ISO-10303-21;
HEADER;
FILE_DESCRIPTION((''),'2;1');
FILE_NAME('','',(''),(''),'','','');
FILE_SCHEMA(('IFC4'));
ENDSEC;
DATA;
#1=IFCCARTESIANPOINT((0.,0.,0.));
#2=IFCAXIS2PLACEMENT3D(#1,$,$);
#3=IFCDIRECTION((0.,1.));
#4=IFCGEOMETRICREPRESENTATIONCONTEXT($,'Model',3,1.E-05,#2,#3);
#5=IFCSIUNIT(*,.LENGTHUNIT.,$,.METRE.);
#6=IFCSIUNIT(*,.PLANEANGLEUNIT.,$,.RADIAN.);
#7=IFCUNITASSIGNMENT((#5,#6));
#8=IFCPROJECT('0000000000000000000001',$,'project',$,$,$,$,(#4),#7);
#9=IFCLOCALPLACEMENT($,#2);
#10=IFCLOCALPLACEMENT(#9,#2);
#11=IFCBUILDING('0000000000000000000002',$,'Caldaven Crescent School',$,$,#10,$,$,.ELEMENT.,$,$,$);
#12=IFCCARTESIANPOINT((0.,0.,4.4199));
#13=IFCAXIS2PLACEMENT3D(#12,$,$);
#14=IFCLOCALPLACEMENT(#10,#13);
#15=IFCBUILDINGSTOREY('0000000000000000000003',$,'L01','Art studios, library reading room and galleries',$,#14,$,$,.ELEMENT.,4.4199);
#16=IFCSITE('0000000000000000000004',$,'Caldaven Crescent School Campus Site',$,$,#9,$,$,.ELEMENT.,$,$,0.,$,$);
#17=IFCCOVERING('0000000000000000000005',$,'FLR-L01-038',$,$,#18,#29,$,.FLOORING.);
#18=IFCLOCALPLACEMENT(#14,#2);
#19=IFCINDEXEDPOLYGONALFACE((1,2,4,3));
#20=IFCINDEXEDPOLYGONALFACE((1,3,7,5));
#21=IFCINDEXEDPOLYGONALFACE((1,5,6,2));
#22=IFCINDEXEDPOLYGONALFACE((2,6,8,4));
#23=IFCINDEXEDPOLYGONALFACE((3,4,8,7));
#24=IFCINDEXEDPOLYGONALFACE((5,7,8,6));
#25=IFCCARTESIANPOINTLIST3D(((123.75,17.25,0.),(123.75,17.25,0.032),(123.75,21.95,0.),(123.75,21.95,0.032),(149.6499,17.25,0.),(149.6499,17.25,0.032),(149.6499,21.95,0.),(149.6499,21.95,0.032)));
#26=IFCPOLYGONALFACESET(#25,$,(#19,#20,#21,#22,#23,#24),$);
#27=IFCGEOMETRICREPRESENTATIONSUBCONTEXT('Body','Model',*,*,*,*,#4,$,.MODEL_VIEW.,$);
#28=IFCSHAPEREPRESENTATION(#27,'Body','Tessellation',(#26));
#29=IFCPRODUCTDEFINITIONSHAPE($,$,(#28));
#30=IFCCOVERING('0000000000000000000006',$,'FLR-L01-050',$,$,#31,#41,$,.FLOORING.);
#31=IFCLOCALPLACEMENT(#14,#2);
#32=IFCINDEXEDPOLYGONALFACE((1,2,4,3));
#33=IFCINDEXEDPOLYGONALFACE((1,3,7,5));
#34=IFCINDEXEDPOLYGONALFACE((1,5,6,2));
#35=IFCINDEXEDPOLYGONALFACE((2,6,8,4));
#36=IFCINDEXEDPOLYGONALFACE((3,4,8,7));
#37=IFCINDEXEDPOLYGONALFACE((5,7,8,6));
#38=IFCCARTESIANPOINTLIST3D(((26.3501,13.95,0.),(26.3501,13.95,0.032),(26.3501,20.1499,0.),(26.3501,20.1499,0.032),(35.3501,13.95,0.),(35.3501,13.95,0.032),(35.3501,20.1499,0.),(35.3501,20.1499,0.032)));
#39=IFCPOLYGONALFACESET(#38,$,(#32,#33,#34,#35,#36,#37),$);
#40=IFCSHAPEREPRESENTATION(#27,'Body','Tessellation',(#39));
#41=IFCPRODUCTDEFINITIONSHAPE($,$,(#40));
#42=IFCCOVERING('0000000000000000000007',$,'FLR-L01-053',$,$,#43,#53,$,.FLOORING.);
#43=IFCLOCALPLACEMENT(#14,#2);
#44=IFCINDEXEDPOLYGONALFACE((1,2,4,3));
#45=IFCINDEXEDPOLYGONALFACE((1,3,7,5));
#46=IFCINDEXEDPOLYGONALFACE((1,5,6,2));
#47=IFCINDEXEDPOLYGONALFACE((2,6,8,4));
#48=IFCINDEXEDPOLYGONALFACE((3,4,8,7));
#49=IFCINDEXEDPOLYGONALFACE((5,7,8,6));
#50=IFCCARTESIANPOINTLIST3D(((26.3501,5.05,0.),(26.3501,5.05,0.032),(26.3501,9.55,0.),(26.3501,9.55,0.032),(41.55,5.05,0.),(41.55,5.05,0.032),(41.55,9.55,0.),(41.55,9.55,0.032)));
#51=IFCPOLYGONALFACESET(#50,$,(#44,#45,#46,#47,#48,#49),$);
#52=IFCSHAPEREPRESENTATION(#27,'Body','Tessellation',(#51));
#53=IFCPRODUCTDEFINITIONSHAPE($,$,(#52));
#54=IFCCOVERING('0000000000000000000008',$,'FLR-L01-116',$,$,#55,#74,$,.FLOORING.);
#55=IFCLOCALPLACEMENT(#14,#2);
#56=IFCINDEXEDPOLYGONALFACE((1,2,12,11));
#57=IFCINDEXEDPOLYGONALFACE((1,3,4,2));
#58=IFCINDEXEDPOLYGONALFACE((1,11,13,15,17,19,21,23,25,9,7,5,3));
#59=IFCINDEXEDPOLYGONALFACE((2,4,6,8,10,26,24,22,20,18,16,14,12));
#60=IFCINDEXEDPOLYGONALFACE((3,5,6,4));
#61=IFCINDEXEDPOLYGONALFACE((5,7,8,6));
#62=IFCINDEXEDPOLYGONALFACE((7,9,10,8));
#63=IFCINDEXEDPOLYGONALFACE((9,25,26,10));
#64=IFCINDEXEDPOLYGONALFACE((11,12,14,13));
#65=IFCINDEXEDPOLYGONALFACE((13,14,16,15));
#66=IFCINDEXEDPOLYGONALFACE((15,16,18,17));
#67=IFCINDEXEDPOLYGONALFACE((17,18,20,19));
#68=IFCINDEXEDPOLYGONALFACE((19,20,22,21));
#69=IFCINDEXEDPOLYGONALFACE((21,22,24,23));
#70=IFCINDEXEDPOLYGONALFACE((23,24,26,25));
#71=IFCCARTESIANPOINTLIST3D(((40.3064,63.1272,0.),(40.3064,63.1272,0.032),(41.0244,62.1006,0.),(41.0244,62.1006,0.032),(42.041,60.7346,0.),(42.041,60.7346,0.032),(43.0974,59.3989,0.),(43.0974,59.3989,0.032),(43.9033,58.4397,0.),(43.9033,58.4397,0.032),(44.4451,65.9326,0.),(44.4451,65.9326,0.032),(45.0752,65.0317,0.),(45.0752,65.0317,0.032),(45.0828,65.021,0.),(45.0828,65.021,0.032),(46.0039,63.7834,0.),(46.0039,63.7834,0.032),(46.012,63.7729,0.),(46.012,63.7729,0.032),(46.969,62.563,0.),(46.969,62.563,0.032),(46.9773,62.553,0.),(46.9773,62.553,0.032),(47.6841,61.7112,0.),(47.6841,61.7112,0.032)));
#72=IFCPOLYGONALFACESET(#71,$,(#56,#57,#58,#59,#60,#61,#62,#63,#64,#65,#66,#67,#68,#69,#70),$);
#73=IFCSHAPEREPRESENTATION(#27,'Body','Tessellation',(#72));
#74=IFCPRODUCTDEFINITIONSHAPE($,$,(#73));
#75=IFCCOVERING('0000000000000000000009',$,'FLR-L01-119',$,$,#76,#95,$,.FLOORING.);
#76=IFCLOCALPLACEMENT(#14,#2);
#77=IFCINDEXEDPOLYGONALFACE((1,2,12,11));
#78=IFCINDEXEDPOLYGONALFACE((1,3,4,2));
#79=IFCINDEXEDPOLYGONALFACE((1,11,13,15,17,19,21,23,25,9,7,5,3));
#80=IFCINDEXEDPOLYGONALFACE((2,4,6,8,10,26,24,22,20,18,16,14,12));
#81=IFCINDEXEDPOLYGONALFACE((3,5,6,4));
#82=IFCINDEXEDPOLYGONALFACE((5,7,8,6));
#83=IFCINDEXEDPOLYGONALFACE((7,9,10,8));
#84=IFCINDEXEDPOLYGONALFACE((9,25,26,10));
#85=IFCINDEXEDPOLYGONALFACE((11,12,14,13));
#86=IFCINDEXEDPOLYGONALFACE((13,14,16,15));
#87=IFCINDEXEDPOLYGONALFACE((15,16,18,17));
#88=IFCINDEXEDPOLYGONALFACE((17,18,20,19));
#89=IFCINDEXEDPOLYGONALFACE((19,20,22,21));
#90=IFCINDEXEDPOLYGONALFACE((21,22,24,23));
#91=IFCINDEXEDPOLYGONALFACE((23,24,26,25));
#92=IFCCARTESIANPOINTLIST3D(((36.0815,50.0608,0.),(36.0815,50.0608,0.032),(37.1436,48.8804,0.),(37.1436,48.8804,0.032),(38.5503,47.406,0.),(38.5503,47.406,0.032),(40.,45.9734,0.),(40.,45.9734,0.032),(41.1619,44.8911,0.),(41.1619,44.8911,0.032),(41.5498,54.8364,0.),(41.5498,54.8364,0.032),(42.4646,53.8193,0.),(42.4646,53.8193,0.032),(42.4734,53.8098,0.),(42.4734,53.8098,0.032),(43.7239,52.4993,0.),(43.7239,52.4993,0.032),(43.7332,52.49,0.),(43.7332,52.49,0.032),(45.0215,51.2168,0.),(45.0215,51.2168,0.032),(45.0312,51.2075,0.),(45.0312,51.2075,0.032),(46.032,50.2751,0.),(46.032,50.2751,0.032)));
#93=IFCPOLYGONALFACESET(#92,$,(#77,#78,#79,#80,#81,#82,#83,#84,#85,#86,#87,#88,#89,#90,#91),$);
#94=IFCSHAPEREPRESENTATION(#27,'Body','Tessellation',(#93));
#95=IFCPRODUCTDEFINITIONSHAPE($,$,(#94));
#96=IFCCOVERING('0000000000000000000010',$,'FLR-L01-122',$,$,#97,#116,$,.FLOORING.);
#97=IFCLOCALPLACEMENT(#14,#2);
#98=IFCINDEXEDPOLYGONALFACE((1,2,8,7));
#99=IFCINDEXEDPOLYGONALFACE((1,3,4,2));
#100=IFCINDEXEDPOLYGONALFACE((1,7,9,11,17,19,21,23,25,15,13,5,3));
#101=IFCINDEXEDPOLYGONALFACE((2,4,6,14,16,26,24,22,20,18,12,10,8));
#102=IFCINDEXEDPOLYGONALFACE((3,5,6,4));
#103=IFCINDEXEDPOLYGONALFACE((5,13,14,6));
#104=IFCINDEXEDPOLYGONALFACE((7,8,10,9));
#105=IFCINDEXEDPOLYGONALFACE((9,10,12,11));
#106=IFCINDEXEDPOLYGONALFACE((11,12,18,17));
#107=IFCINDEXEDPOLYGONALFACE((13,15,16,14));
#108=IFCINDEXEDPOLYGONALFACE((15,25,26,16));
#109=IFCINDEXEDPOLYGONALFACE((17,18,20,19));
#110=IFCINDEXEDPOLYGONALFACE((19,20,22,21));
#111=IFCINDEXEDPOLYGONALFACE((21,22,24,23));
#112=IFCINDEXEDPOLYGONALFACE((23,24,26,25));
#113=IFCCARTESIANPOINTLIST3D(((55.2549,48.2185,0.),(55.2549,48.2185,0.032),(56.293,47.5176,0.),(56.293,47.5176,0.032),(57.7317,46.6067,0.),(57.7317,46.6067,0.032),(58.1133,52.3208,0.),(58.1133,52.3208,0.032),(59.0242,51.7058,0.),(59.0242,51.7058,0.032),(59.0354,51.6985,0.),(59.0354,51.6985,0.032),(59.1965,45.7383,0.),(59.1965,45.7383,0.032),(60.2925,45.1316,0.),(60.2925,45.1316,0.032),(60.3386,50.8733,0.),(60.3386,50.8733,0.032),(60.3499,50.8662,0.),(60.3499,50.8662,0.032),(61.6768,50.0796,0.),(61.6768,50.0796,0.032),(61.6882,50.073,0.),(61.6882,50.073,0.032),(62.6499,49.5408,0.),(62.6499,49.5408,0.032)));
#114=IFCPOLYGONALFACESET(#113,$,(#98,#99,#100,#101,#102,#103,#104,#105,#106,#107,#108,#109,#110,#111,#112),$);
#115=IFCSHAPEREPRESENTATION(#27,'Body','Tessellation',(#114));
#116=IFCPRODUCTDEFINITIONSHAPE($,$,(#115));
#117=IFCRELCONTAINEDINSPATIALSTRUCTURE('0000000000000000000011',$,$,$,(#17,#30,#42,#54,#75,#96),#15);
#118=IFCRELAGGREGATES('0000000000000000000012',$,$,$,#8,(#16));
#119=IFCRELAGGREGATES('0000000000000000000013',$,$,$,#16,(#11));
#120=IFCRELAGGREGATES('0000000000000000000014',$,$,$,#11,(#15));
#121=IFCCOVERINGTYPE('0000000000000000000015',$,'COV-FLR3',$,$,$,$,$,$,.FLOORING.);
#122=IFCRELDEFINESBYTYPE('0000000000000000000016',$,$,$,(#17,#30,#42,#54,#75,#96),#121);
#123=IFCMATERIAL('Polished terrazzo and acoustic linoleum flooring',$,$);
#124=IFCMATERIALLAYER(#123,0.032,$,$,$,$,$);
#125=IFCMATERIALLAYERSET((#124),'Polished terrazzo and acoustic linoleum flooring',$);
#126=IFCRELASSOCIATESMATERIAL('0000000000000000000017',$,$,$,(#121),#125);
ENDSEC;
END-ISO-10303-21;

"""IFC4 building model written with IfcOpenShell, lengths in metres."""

from ifc_helpers import new_model, si_unit, direction, frame, origin, place, context, subcontext, project, spatial, polyline, outline, extrude, material, layer, layer_set, type_object, element, save


model = new_model("IFC4")

# Units and contexts
model_context = context("Model", 3, precision=1e-05, world=origin(), true_north=direction((0.0, 1.0)))
body_context = subcontext(model_context, "Body", "Model", "MODEL_VIEW")
ifc_project = project(units=[si_unit("LENGTHUNIT", "METRE"), si_unit("PLANEANGLEUNIT", "RADIAN")], contexts=[model_context])

# Site, building, storey
site_placement = place(None, origin())
site = spatial("IfcSite", under=ifc_project, at=site_placement, Name="Caldaven Crescent School Campus Site", CompositionType="ELEMENT", RefElevation=0.0)
building_placement = place(site_placement, origin())
building = spatial("IfcBuilding", under=site, at=building_placement, Name="Caldaven Crescent School", CompositionType="ELEMENT")
storey_placement = place(building_placement, frame((0.0, 0.0, 4.4199)))
storey = spatial("IfcBuildingStorey", under=building, at=storey_placement, Name="L01", Description="Art studios, library reading room and galleries", CompositionType="ELEMENT", Elevation=4.4199)

# Coverings
ifc_material_1 = material(Name="Polished terrazzo and acoustic linoleum flooring")
ifc_layer_1 = layer(ifc_material_1, 0.032)
ifc_layer_set_1 = layer_set([ifc_layer_1], Name="Polished terrazzo and acoustic linoleum flooring")
covering_type_1 = type_object("IfcCoveringType", Name="COV-FLR3", PredefinedType="FLOORING", material=ifc_layer_set_1)
covering_1_placement = place(storey_placement, origin())
element("IfcCovering", 1, at=covering_1_placement, inside=storey, type_object=covering_type_1, Name="FLR-L01-038", PredefinedType="FLOORING", context=body_context, shape_type="SweptSolid", body=[
    extrude(outline(polyline([(123.75, 21.95), (149.6499, 21.95), (149.6499, 17.25), (123.75, 17.25), (123.75, 21.95)])), origin(), (0.0, 0.0, 1.0), 0.032),
])
covering_2_placement = place(storey_placement, origin())
element("IfcCovering", 2, at=covering_2_placement, inside=storey, type_object=covering_type_1, Name="FLR-L01-050", PredefinedType="FLOORING", context=body_context, shape_type="SweptSolid", body=[
    extrude(outline(polyline([(26.3501, 20.1499), (35.3501, 20.1499), (35.3501, 13.95), (26.3501, 13.95), (26.3501, 20.1499)])), origin(), (0.0, 0.0, 1.0), 0.032),
])
covering_3_placement = place(storey_placement, origin())
element("IfcCovering", 3, at=covering_3_placement, inside=storey, type_object=covering_type_1, Name="FLR-L01-053", PredefinedType="FLOORING", context=body_context, shape_type="SweptSolid", body=[
    extrude(outline(polyline([(26.3501, 9.55), (41.55, 9.55), (41.55, 5.05), (26.3501, 5.05), (26.3501, 9.55)])), origin(), (0.0, 0.0, 1.0), 0.032),
])
covering_4_placement = place(storey_placement, origin())
element("IfcCovering", 4, at=covering_4_placement, inside=storey, type_object=covering_type_1, Name="FLR-L01-116", PredefinedType="FLOORING", context=body_context, shape_type="SweptSolid", body=[
    extrude(outline(polyline([(44.4451, 65.9326), (45.0752, 65.0317), (45.0828, 65.021), (46.0039, 63.7834), (46.012, 63.7729), (46.969, 62.563), (46.9773, 62.553), (47.6841, 61.7112), (43.9033, 58.4397), (43.0974, 59.3989), (42.041, 60.7346), (41.0244, 62.1006), (40.3064, 63.1272), (44.4451, 65.9326)])), origin(), (0.0, 0.0, 1.0), 0.032),
])
covering_5_placement = place(storey_placement, origin())
element("IfcCovering", 5, at=covering_5_placement, inside=storey, type_object=covering_type_1, Name="FLR-L01-119", PredefinedType="FLOORING", context=body_context, shape_type="SweptSolid", body=[
    extrude(outline(polyline([(41.5498, 54.8364), (42.4646, 53.8193), (42.4734, 53.8098), (43.7239, 52.4993), (43.7332, 52.49), (45.0215, 51.2168), (45.0312, 51.2075), (46.032, 50.2751), (41.1619, 44.8911), (40.0, 45.9734), (38.5503, 47.406), (37.1436, 48.8804), (36.0815, 50.0608), (41.5498, 54.8364)])), origin(), (0.0, 0.0, 1.0), 0.032),
])
covering_6_placement = place(storey_placement, origin())
element("IfcCovering", 6, at=covering_6_placement, inside=storey, type_object=covering_type_1, Name="FLR-L01-122", PredefinedType="FLOORING", context=body_context, shape_type="SweptSolid", body=[
    extrude(outline(polyline([(58.1133, 52.3208), (59.0242, 51.7058), (59.0354, 51.6985), (60.3386, 50.8733), (60.3499, 50.8662), (61.6768, 50.0796), (61.6882, 50.073), (62.6499, 49.5408), (60.2925, 45.1316), (59.1965, 45.7383), (57.7317, 46.6067), (56.293, 47.5176), (55.2549, 48.2185), (58.1133, 52.3208)])), origin(), (0.0, 0.0, 1.0), 0.032),
])

save(model, "model.ifc")
